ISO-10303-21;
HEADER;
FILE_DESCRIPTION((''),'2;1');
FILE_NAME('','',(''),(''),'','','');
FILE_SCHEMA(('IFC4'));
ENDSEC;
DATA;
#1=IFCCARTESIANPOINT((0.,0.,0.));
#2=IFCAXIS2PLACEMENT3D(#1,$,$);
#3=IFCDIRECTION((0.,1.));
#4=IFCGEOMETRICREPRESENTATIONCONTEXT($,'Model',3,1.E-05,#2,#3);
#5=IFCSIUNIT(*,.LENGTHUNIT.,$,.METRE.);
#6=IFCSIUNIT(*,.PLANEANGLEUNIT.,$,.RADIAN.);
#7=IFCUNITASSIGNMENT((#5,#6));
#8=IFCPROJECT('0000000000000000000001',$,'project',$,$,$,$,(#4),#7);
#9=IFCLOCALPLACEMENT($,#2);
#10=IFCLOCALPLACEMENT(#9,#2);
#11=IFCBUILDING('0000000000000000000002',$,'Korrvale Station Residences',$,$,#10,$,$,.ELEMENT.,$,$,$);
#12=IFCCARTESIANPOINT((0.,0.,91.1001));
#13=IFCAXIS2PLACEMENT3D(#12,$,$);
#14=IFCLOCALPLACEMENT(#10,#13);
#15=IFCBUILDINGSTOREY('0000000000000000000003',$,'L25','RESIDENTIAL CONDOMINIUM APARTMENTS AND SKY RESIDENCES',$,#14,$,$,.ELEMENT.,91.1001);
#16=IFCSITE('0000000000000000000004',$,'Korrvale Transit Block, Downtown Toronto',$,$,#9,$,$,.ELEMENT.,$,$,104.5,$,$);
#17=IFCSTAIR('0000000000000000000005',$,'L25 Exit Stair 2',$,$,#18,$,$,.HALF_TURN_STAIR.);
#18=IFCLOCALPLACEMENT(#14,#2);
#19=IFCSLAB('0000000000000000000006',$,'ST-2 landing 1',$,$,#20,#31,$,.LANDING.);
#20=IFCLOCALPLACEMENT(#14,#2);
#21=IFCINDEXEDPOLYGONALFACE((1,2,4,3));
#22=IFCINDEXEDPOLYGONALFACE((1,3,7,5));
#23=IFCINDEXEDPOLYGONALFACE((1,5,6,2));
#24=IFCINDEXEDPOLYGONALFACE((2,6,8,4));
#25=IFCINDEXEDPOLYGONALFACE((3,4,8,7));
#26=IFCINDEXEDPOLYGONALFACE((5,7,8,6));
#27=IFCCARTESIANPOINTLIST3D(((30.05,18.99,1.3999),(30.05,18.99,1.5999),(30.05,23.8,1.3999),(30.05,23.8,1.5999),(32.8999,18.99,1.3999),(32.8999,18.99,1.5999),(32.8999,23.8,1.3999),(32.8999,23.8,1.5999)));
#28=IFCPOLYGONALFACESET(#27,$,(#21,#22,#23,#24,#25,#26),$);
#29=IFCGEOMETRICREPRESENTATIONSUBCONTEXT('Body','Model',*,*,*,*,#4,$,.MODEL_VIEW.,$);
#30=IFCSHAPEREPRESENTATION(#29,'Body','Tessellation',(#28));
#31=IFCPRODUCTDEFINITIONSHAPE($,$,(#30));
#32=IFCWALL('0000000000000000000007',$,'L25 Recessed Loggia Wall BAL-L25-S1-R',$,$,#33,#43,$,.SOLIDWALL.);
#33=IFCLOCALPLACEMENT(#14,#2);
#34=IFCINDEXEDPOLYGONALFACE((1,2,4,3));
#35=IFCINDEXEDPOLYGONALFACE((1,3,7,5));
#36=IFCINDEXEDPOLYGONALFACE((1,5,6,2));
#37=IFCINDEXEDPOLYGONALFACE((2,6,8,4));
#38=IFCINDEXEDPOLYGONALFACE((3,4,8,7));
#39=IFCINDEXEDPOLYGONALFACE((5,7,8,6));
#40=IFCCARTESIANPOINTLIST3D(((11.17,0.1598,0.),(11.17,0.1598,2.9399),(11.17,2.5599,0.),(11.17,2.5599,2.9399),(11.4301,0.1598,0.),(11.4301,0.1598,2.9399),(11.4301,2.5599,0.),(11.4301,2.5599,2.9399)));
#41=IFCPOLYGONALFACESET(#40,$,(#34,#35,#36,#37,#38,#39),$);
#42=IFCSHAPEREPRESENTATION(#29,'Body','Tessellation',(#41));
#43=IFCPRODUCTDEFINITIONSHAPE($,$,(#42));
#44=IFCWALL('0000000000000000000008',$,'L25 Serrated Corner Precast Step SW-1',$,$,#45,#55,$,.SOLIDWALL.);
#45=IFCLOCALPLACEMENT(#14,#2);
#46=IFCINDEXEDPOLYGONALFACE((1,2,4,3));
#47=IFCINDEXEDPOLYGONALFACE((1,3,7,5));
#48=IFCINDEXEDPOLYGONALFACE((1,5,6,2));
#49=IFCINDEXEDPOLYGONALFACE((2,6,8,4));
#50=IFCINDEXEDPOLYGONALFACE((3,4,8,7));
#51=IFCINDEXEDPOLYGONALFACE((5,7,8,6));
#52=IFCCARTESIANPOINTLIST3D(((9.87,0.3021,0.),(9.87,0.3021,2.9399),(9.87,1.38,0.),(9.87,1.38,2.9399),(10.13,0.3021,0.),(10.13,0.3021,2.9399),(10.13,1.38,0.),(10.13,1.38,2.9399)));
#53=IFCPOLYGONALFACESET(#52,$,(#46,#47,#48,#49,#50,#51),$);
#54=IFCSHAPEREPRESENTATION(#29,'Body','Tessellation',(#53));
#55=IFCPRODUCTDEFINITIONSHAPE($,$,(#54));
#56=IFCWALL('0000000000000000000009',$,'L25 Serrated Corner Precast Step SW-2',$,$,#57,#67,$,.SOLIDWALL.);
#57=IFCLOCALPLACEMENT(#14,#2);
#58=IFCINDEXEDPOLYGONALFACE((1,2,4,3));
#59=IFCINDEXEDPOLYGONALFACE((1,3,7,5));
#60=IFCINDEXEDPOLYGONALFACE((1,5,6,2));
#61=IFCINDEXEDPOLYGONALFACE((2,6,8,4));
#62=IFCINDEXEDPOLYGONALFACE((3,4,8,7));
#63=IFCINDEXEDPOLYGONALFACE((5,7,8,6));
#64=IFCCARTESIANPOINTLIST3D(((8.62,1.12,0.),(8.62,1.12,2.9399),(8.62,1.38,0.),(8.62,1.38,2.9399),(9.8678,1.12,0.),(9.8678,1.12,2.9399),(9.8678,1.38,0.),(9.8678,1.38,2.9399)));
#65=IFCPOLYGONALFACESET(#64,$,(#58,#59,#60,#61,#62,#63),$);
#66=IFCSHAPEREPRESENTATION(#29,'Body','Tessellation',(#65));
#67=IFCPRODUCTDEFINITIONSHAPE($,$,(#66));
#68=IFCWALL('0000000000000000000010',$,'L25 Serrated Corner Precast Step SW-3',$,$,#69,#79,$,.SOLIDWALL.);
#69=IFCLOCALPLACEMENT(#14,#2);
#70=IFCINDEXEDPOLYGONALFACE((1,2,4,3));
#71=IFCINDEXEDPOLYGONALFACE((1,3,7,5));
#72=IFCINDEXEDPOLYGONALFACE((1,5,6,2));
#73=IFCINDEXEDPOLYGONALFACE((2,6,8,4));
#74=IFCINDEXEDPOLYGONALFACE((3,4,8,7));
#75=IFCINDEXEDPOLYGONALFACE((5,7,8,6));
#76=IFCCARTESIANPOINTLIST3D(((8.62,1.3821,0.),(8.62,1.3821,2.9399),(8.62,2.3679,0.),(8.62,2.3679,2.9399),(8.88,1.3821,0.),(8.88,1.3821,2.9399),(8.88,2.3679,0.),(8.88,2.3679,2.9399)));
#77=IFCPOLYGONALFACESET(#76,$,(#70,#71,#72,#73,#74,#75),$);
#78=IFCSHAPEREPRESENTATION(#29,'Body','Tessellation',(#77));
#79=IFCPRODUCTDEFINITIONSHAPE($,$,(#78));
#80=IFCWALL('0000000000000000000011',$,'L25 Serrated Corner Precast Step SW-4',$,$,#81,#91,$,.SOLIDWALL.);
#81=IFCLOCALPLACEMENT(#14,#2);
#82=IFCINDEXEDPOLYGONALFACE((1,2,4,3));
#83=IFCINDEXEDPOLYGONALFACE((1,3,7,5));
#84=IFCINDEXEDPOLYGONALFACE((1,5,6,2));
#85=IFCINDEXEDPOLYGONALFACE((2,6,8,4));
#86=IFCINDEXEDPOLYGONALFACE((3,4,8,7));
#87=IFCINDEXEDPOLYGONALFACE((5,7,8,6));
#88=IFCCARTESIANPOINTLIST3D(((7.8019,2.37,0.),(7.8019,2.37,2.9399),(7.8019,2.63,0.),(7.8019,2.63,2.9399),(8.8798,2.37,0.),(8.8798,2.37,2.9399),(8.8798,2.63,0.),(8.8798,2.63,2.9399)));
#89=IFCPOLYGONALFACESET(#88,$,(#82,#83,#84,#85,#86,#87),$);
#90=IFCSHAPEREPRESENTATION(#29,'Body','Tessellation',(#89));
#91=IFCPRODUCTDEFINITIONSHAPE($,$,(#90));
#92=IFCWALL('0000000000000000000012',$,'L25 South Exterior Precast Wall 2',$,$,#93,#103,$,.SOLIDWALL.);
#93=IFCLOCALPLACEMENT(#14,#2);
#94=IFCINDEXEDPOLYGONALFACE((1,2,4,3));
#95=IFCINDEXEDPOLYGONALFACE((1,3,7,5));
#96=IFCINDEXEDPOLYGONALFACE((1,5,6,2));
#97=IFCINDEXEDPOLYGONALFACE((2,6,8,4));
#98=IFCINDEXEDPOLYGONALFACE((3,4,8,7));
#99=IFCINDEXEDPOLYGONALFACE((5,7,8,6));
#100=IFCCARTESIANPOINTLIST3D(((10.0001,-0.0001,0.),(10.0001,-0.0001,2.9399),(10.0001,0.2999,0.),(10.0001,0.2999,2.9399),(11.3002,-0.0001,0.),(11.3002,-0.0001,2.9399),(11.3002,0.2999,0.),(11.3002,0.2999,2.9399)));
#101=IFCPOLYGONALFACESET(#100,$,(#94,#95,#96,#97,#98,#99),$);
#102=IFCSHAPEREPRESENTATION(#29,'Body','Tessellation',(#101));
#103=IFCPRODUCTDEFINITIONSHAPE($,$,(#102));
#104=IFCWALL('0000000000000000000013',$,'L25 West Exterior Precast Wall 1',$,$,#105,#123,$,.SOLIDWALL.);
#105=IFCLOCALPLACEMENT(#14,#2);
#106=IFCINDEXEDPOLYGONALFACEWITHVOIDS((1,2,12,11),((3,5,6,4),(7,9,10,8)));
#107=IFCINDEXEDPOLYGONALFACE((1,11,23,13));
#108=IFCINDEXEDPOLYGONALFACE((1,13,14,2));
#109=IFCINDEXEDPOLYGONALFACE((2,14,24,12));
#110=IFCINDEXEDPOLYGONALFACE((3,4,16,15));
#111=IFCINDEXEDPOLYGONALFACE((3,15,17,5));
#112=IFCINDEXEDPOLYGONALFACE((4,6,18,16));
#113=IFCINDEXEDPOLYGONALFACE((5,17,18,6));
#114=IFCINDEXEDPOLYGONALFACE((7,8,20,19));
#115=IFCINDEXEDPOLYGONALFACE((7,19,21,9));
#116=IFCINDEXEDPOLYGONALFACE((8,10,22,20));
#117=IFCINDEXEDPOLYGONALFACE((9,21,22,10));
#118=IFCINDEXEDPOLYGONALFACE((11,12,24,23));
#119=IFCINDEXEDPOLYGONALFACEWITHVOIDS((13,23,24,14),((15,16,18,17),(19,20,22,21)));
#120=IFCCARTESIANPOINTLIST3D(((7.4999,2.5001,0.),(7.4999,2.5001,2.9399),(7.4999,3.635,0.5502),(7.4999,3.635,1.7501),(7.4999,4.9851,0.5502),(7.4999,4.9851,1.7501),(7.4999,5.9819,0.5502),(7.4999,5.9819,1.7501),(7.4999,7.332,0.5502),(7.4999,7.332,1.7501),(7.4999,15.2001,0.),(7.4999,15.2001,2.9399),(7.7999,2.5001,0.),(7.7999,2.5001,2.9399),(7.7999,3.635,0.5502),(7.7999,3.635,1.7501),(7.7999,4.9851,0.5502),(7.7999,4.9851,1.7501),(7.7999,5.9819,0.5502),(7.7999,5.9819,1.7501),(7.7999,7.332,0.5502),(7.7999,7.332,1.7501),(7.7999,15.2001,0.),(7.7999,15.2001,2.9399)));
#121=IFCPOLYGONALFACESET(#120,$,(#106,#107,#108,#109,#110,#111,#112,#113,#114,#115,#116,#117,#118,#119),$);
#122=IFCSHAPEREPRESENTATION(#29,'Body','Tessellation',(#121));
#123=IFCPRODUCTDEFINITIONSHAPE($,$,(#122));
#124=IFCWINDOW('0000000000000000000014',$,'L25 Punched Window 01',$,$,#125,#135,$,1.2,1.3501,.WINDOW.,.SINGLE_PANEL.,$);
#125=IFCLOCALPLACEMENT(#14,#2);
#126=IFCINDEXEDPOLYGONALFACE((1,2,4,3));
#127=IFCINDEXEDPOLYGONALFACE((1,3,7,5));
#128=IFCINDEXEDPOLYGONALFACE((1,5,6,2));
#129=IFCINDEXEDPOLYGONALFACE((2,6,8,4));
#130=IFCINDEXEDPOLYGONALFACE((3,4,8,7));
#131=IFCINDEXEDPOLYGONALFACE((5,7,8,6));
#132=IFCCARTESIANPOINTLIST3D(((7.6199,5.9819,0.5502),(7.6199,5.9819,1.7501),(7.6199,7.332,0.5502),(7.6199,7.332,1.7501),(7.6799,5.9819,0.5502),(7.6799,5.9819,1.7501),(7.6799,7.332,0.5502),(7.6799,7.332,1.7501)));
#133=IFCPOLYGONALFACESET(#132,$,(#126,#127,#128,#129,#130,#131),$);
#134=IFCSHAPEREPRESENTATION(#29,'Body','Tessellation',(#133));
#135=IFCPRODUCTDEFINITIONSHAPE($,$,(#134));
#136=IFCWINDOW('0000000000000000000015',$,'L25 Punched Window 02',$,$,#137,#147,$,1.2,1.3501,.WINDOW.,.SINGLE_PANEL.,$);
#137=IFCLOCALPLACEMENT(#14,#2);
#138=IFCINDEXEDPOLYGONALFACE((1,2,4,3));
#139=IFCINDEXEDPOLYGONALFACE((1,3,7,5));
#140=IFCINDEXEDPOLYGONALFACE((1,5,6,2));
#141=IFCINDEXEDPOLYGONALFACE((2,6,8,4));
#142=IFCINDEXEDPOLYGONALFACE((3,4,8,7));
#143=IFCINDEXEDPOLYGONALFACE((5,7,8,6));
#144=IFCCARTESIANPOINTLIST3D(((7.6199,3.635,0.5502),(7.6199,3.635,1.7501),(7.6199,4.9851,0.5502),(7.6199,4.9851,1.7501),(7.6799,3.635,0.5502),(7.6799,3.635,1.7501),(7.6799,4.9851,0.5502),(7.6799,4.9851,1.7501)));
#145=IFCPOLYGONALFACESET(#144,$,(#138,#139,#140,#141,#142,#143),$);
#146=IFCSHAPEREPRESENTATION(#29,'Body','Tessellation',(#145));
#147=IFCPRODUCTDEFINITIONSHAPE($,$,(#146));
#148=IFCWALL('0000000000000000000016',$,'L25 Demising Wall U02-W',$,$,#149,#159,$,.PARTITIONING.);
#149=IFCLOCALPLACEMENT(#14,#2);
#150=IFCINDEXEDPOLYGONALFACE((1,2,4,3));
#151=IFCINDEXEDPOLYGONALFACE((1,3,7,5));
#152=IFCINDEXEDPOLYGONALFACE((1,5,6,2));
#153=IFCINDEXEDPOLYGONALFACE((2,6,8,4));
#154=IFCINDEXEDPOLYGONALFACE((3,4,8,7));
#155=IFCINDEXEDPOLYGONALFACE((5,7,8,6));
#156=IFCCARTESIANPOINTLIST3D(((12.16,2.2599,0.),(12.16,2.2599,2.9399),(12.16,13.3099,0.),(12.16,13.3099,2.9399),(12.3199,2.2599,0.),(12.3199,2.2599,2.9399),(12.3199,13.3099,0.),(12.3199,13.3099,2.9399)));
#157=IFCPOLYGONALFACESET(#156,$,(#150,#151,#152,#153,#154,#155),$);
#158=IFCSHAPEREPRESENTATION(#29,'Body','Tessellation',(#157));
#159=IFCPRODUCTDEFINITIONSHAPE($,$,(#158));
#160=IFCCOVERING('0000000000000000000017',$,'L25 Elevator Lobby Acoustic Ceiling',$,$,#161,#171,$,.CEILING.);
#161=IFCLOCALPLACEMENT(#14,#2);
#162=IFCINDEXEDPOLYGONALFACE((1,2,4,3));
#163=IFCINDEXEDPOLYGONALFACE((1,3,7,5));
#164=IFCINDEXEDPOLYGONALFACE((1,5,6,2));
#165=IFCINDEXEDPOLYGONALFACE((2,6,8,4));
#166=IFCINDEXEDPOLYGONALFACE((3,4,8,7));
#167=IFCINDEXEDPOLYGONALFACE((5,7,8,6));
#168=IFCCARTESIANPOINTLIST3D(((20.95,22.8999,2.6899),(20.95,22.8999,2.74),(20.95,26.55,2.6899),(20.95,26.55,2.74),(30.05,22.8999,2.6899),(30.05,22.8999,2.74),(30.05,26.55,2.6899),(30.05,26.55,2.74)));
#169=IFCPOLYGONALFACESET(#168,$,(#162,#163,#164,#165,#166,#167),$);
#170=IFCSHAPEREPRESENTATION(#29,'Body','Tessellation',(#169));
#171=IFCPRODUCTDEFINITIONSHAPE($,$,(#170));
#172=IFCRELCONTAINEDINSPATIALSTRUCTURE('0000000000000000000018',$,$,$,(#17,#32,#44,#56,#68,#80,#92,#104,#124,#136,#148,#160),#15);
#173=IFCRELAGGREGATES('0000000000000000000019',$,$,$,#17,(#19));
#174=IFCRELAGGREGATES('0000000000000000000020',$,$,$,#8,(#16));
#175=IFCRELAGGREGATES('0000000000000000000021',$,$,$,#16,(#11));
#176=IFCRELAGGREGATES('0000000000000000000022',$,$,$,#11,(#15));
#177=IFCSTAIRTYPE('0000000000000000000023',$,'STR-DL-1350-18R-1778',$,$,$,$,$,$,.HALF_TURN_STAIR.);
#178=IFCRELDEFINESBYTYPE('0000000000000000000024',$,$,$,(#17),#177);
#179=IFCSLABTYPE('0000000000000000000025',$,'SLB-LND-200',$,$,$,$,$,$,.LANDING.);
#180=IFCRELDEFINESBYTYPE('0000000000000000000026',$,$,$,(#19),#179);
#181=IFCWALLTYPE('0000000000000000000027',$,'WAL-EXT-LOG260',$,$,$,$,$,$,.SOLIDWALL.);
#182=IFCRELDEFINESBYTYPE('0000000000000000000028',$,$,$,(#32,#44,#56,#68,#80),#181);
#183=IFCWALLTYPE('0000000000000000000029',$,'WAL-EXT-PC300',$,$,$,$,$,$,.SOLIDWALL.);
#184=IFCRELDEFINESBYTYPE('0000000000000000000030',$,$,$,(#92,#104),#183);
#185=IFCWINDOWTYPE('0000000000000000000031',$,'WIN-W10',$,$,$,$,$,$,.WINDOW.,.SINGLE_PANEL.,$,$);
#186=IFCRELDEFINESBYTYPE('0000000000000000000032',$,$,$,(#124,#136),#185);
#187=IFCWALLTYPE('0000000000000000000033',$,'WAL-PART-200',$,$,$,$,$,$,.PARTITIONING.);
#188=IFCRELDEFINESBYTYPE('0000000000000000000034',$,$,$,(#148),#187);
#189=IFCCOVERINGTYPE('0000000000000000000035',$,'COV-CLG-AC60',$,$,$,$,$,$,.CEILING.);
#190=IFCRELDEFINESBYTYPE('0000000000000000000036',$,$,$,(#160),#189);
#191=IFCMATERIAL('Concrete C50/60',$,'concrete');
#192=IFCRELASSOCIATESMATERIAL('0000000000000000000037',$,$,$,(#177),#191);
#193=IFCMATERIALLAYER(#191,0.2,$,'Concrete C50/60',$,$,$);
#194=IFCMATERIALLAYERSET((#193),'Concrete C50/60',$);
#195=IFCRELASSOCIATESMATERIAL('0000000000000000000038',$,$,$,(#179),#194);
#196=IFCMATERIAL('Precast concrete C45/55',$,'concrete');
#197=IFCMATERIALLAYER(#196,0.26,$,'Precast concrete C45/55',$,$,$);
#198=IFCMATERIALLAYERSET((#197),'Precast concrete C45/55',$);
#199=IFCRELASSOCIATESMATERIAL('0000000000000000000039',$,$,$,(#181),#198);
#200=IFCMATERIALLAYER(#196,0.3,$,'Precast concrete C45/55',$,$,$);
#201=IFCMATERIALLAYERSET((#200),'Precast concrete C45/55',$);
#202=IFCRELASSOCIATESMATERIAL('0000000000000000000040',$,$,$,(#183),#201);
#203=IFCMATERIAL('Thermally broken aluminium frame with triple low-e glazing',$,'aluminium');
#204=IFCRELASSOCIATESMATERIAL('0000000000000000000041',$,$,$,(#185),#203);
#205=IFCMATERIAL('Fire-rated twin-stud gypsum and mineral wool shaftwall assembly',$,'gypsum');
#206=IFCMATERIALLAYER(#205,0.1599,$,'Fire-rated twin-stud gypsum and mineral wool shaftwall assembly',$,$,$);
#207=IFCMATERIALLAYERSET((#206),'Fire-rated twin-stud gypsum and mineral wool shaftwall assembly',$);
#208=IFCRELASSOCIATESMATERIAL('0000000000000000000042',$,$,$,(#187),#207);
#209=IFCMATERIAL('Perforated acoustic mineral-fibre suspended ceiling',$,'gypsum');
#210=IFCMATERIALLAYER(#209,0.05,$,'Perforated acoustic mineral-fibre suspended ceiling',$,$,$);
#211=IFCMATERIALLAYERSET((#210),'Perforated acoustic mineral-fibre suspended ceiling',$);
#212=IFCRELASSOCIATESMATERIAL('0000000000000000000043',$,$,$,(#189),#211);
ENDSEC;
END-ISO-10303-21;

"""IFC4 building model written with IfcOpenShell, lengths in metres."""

from ifc_helpers import new_model, si_unit, direction, frame, frame_2d, origin, place, context, subcontext, project, spatial, polyline, rectangle, outline, extrude, material, layer, layer_set, type_object, element, fill, aggregate, save


model = new_model("IFC4")

# Units and contexts
model_context = context("Model", 3, precision=1e-05, world=origin(), true_north=direction((0.0, 1.0)))
body_context = subcontext(model_context, "Body", "Model", "MODEL_VIEW")
ifc_project = project(units=[si_unit("LENGTHUNIT", "METRE"), si_unit("PLANEANGLEUNIT", "RADIAN")], contexts=[model_context])

# Site, building, storey
site_placement = place(None, origin())
site = spatial("IfcSite", under=ifc_project, at=site_placement, Name="Korrvale Transit Block, Downtown Toronto", CompositionType="ELEMENT", RefElevation=104.5)
building_placement = place(site_placement, origin())
building = spatial("IfcBuilding", under=site, at=building_placement, Name="Korrvale Station Residences", CompositionType="ELEMENT")
storey_placement = place(building_placement, frame((0.0, 0.0, 91.1001)))
storey = spatial("IfcBuildingStorey", under=building, at=storey_placement, Name="L25", Description="RESIDENTIAL CONDOMINIUM APARTMENTS AND SKY RESIDENCES", CompositionType="ELEMENT", Elevation=91.1001)

# Shared definitions
ifc_material_1 = material(Name="Concrete C50/60", Category="concrete")

# Stair, slab
stair_type = type_object("IfcStairType", Name="STR-DL-1350-18R-1778", PredefinedType="HALF_TURN_STAIR", material=ifc_material_1)
ifc_layer_1 = layer(ifc_material_1, 0.2, Name="Concrete C50/60")
ifc_layer_set_1 = layer_set([ifc_layer_1], Name="Concrete C50/60")
slab_type_1 = type_object("IfcSlabType", Name="SLB-LND-200", PredefinedType="LANDING", material=ifc_layer_set_1)
stair_1_placement = place(storey_placement, origin())
stair_1 = element("IfcStair", 1, at=stair_1_placement, inside=storey, type_object=stair_type, Name="L25 Exit Stair 2", PredefinedType="HALF_TURN_STAIR")
slab_1_placement = place(storey_placement, frame((0.0, 0.0, 1.3999)))
slab_1 = element("IfcSlab", 2, at=slab_1_placement, type_object=slab_type_1, Name="ST-2 landing 1", PredefinedType="LANDING", context=body_context, shape_type="SweptSolid", body=[
    extrude(outline(polyline([(32.8999, 18.99), (32.8999, 23.8), (30.05, 23.8), (30.05, 18.99), (32.8999, 18.99)])), origin(), (0.0, 0.0, 1.0), 0.2),
])
aggregate(stair_1, [slab_1])

# Walls
ifc_material_2 = material(Name="Precast concrete C45/55", Category="concrete")
ifc_layer_2 = layer(ifc_material_2, 0.26, Name="Precast concrete C45/55")
ifc_layer_set_2 = layer_set([ifc_layer_2], Name="Precast concrete C45/55")
wall_type_1 = type_object("IfcWallType", Name="WAL-EXT-LOG260", PredefinedType="SOLIDWALL", material=ifc_layer_set_2)
wall_1_placement = place(storey_placement, frame((11.3, 2.5601, 0.0), z_axis=(0.0, 0.0, 1.0), x_axis=(0.0, -1.0, 0.0)))
element("IfcWall", 3, at=wall_1_placement, inside=storey, type_object=wall_type_1, Name="L25 Recessed Loggia Wall BAL-L25-S1-R", PredefinedType="SOLIDWALL", context=body_context, shape_type="SweptSolid", body=[
    extrude(rectangle(XDim=2.4001, YDim=0.26, at=frame_2d((1.2002, 0.0))), origin(), (0.0, 0.0, 1.0), 2.9399),
])
wall_2_placement = place(storey_placement, frame((10.0, 0.302, 0.0), z_axis=(0.0, 0.0, 1.0), x_axis=(0.0, 1.0, 0.0)))
element("IfcWall", 4, at=wall_2_placement, inside=storey, type_object=wall_type_1, Name="L25 Serrated Corner Precast Step SW-1", PredefinedType="SOLIDWALL", context=body_context, shape_type="SweptSolid", body=[
    extrude(rectangle(XDim=1.0779, YDim=0.26, at=frame_2d((0.5391, 0.0))), origin(), (0.0, 0.0, 1.0), 2.9399),
])
wall_3_placement = place(storey_placement, frame((9.8679, 1.25, 0.0), z_axis=(0.0, 0.0, 1.0), x_axis=(-1.0, 0.0, 0.0)))
element("IfcWall", 5, at=wall_3_placement, inside=storey, type_object=wall_type_1, Name="L25 Serrated Corner Precast Step SW-2", PredefinedType="SOLIDWALL", context=body_context, shape_type="SweptSolid", body=[
    extrude(rectangle(XDim=1.2478, YDim=0.26, at=frame_2d((0.624, 0.0))), origin(), (0.0, 0.0, 1.0), 2.9399),
])
wall_4_placement = place(storey_placement, frame((8.75, 1.3821, 0.0), z_axis=(0.0, 0.0, 1.0), x_axis=(0.0, 1.0, 0.0)))
element("IfcWall", 6, at=wall_4_placement, inside=storey, type_object=wall_type_1, Name="L25 Serrated Corner Precast Step SW-3", PredefinedType="SOLIDWALL", context=body_context, shape_type="SweptSolid", body=[
    extrude(rectangle(XDim=0.9858, YDim=0.26, at=frame_2d((0.4929, 0.0))), origin(), (0.0, 0.0, 1.0), 2.9399),
])
wall_5_placement = place(storey_placement, frame((8.8799, 2.5, 0.0), z_axis=(0.0, 0.0, 1.0), x_axis=(-1.0, 0.0, 0.0)))
element("IfcWall", 7, at=wall_5_placement, inside=storey, type_object=wall_type_1, Name="L25 Serrated Corner Precast Step SW-4", PredefinedType="SOLIDWALL", context=body_context, shape_type="SweptSolid", body=[
    extrude(rectangle(XDim=1.0779, YDim=0.26, at=frame_2d((0.5391, 0.0))), origin(), (0.0, 0.0, 1.0), 2.9399),
])
ifc_layer_3 = layer(ifc_material_2, 0.3, Name="Precast concrete C45/55")
ifc_layer_set_3 = layer_set([ifc_layer_3], Name="Precast concrete C45/55")
wall_type_2 = type_object("IfcWallType", Name="WAL-EXT-PC300", PredefinedType="SOLIDWALL", material=ifc_layer_set_3)
wall_6_placement = place(storey_placement, frame((11.3, 0.1499, 0.0), z_axis=(0.0, 0.0, 1.0), x_axis=(-1.0, 0.0, 0.0)))
element("IfcWall", 8, at=wall_6_placement, inside=storey, type_object=wall_type_2, Name="L25 South Exterior Precast Wall 2", PredefinedType="SOLIDWALL", context=body_context, shape_type="SweptSolid", body=[
    extrude(rectangle(XDim=1.3, YDim=0.3, at=frame_2d((0.6499, 0.0))), origin(), (0.0, 0.0, 1.0), 2.9399),
])

# Wall, openings, windows
wall_7_placement = place(storey_placement, frame((7.6499, 2.5, 0.0), z_axis=(0.0, 0.0, 1.0), x_axis=(0.0, 1.0, 0.0)))
wall_7 = element("IfcWall", 9, at=wall_7_placement, inside=storey, type_object=wall_type_2, Name="L25 West Exterior Precast Wall 1", PredefinedType="SOLIDWALL", context=body_context, shape_type="SweptSolid", body=[
    extrude(rectangle(XDim=12.7, YDim=0.3, at=frame_2d((6.3501, 0.0))), origin(), (0.0, 0.0, 1.0), 2.9399),
])
opening_1_placement = place(wall_7_placement, frame((3.4819, 0.0, 0.55)))
opening_1 = element("IfcOpeningElement", 10, at=opening_1_placement, cuts=wall_7, PredefinedType="OPENING", context=body_context, shape_type="SweptSolid", body=[
    extrude(rectangle(XDim=1.3501, YDim=1.2, at=frame_2d((0.675, 0.6001))), frame((0.0, 0.1602, 0.0), z_axis=(0.0, -1.0, 0.0), x_axis=(1.0, 0.0, 0.0)), (0.0, 0.0, 1.0), 0.3201),
])
opening_2_placement = place(wall_7_placement, frame((1.135, 0.0, 0.55)))
opening_2 = element("IfcOpeningElement", 11, at=opening_2_placement, cuts=wall_7, PredefinedType="OPENING", context=body_context, shape_type="SweptSolid", body=[
    extrude(rectangle(XDim=1.3501, YDim=1.2, at=frame_2d((0.675, 0.6001))), frame((0.0, 0.1602, 0.0), z_axis=(0.0, -1.0, 0.0), x_axis=(1.0, 0.0, 0.0)), (0.0, 0.0, 1.0), 0.3201),
])
ifc_material_3 = material(Name="Thermally broken aluminium frame with triple low-e glazing", Category="aluminium")
window_type = type_object("IfcWindowType", Name="WIN-W10", PartitioningType="SINGLE_PANEL", PredefinedType="WINDOW", material=ifc_material_3)
window_1_placement = place(opening_1_placement, origin())
window_1 = element("IfcWindow", 12, at=window_1_placement, inside=storey, type_object=window_type, Name="L25 Punched Window 01", OverallHeight=1.2, OverallWidth=1.3501, PartitioningType="SINGLE_PANEL", PredefinedType="WINDOW", context=body_context, shape_type="SweptSolid", body=[
    extrude(rectangle(XDim=1.3501, YDim=1.2, at=frame_2d((0.675, 0.6001))), frame((0.0, 0.03, 0.0), z_axis=(0.0, -1.0, 0.0), x_axis=(1.0, 0.0, 0.0)), (0.0, 0.0, 1.0), 0.0601),
])
fill(opening_1, window_1)
window_2_placement = place(opening_2_placement, origin())
window_2 = element("IfcWindow", 13, at=window_2_placement, inside=storey, type_object=window_type, Name="L25 Punched Window 02", OverallHeight=1.2, OverallWidth=1.3501, PartitioningType="SINGLE_PANEL", PredefinedType="WINDOW", context=body_context, shape_type="SweptSolid", body=[
    extrude(rectangle(XDim=1.3501, YDim=1.2, at=frame_2d((0.675, 0.6001))), frame((0.0, 0.03, 0.0), z_axis=(0.0, -1.0, 0.0), x_axis=(1.0, 0.0, 0.0)), (0.0, 0.0, 1.0), 0.0601),
])
fill(opening_2, window_2)

# Wall
ifc_material_4 = material(Name="Fire-rated twin-stud gypsum and mineral wool shaftwall assembly", Category="gypsum")
ifc_layer_4 = layer(ifc_material_4, 0.1599, Name="Fire-rated twin-stud gypsum and mineral wool shaftwall assembly")
ifc_layer_set_4 = layer_set([ifc_layer_4], Name="Fire-rated twin-stud gypsum and mineral wool shaftwall assembly")
wall_type_3 = type_object("IfcWallType", Name="WAL-PART-200", PredefinedType="PARTITIONING", material=ifc_layer_set_4)
wall_8_placement = place(storey_placement, frame((12.24, 2.26, 0.0), z_axis=(0.0, 0.0, 1.0), x_axis=(0.0, 1.0, 0.0)))
element("IfcWall", 14, at=wall_8_placement, inside=storey, type_object=wall_type_3, Name="L25 Demising Wall U02-W", PredefinedType="PARTITIONING", context=body_context, shape_type="SweptSolid", body=[
    extrude(rectangle(XDim=11.05, YDim=0.1599, at=frame_2d((5.5249, 0.0))), origin(), (0.0, 0.0, 1.0), 2.9399),
])

# Covering
ifc_material_5 = material(Name="Perforated acoustic mineral-fibre suspended ceiling", Category="gypsum")
ifc_layer_5 = layer(ifc_material_5, 0.05, Name="Perforated acoustic mineral-fibre suspended ceiling")
ifc_layer_set_5 = layer_set([ifc_layer_5], Name="Perforated acoustic mineral-fibre suspended ceiling")
covering_type_1 = type_object("IfcCoveringType", Name="COV-CLG-AC60", PredefinedType="CEILING", material=ifc_layer_set_5)
covering_1_placement = place(storey_placement, frame((0.0, 0.0, 2.6899)))
element("IfcCovering", 15, at=covering_1_placement, inside=storey, type_object=covering_type_1, Name="L25 Elevator Lobby Acoustic Ceiling", PredefinedType="CEILING", context=body_context, shape_type="SweptSolid", body=[
    extrude(outline(polyline([(20.95, 22.8999), (30.05, 22.8999), (30.05, 26.55), (20.95, 26.55), (20.95, 22.8999)])), origin(), (0.0, 0.0, 1.0), 0.05),
])

save(model, "model.ifc")
